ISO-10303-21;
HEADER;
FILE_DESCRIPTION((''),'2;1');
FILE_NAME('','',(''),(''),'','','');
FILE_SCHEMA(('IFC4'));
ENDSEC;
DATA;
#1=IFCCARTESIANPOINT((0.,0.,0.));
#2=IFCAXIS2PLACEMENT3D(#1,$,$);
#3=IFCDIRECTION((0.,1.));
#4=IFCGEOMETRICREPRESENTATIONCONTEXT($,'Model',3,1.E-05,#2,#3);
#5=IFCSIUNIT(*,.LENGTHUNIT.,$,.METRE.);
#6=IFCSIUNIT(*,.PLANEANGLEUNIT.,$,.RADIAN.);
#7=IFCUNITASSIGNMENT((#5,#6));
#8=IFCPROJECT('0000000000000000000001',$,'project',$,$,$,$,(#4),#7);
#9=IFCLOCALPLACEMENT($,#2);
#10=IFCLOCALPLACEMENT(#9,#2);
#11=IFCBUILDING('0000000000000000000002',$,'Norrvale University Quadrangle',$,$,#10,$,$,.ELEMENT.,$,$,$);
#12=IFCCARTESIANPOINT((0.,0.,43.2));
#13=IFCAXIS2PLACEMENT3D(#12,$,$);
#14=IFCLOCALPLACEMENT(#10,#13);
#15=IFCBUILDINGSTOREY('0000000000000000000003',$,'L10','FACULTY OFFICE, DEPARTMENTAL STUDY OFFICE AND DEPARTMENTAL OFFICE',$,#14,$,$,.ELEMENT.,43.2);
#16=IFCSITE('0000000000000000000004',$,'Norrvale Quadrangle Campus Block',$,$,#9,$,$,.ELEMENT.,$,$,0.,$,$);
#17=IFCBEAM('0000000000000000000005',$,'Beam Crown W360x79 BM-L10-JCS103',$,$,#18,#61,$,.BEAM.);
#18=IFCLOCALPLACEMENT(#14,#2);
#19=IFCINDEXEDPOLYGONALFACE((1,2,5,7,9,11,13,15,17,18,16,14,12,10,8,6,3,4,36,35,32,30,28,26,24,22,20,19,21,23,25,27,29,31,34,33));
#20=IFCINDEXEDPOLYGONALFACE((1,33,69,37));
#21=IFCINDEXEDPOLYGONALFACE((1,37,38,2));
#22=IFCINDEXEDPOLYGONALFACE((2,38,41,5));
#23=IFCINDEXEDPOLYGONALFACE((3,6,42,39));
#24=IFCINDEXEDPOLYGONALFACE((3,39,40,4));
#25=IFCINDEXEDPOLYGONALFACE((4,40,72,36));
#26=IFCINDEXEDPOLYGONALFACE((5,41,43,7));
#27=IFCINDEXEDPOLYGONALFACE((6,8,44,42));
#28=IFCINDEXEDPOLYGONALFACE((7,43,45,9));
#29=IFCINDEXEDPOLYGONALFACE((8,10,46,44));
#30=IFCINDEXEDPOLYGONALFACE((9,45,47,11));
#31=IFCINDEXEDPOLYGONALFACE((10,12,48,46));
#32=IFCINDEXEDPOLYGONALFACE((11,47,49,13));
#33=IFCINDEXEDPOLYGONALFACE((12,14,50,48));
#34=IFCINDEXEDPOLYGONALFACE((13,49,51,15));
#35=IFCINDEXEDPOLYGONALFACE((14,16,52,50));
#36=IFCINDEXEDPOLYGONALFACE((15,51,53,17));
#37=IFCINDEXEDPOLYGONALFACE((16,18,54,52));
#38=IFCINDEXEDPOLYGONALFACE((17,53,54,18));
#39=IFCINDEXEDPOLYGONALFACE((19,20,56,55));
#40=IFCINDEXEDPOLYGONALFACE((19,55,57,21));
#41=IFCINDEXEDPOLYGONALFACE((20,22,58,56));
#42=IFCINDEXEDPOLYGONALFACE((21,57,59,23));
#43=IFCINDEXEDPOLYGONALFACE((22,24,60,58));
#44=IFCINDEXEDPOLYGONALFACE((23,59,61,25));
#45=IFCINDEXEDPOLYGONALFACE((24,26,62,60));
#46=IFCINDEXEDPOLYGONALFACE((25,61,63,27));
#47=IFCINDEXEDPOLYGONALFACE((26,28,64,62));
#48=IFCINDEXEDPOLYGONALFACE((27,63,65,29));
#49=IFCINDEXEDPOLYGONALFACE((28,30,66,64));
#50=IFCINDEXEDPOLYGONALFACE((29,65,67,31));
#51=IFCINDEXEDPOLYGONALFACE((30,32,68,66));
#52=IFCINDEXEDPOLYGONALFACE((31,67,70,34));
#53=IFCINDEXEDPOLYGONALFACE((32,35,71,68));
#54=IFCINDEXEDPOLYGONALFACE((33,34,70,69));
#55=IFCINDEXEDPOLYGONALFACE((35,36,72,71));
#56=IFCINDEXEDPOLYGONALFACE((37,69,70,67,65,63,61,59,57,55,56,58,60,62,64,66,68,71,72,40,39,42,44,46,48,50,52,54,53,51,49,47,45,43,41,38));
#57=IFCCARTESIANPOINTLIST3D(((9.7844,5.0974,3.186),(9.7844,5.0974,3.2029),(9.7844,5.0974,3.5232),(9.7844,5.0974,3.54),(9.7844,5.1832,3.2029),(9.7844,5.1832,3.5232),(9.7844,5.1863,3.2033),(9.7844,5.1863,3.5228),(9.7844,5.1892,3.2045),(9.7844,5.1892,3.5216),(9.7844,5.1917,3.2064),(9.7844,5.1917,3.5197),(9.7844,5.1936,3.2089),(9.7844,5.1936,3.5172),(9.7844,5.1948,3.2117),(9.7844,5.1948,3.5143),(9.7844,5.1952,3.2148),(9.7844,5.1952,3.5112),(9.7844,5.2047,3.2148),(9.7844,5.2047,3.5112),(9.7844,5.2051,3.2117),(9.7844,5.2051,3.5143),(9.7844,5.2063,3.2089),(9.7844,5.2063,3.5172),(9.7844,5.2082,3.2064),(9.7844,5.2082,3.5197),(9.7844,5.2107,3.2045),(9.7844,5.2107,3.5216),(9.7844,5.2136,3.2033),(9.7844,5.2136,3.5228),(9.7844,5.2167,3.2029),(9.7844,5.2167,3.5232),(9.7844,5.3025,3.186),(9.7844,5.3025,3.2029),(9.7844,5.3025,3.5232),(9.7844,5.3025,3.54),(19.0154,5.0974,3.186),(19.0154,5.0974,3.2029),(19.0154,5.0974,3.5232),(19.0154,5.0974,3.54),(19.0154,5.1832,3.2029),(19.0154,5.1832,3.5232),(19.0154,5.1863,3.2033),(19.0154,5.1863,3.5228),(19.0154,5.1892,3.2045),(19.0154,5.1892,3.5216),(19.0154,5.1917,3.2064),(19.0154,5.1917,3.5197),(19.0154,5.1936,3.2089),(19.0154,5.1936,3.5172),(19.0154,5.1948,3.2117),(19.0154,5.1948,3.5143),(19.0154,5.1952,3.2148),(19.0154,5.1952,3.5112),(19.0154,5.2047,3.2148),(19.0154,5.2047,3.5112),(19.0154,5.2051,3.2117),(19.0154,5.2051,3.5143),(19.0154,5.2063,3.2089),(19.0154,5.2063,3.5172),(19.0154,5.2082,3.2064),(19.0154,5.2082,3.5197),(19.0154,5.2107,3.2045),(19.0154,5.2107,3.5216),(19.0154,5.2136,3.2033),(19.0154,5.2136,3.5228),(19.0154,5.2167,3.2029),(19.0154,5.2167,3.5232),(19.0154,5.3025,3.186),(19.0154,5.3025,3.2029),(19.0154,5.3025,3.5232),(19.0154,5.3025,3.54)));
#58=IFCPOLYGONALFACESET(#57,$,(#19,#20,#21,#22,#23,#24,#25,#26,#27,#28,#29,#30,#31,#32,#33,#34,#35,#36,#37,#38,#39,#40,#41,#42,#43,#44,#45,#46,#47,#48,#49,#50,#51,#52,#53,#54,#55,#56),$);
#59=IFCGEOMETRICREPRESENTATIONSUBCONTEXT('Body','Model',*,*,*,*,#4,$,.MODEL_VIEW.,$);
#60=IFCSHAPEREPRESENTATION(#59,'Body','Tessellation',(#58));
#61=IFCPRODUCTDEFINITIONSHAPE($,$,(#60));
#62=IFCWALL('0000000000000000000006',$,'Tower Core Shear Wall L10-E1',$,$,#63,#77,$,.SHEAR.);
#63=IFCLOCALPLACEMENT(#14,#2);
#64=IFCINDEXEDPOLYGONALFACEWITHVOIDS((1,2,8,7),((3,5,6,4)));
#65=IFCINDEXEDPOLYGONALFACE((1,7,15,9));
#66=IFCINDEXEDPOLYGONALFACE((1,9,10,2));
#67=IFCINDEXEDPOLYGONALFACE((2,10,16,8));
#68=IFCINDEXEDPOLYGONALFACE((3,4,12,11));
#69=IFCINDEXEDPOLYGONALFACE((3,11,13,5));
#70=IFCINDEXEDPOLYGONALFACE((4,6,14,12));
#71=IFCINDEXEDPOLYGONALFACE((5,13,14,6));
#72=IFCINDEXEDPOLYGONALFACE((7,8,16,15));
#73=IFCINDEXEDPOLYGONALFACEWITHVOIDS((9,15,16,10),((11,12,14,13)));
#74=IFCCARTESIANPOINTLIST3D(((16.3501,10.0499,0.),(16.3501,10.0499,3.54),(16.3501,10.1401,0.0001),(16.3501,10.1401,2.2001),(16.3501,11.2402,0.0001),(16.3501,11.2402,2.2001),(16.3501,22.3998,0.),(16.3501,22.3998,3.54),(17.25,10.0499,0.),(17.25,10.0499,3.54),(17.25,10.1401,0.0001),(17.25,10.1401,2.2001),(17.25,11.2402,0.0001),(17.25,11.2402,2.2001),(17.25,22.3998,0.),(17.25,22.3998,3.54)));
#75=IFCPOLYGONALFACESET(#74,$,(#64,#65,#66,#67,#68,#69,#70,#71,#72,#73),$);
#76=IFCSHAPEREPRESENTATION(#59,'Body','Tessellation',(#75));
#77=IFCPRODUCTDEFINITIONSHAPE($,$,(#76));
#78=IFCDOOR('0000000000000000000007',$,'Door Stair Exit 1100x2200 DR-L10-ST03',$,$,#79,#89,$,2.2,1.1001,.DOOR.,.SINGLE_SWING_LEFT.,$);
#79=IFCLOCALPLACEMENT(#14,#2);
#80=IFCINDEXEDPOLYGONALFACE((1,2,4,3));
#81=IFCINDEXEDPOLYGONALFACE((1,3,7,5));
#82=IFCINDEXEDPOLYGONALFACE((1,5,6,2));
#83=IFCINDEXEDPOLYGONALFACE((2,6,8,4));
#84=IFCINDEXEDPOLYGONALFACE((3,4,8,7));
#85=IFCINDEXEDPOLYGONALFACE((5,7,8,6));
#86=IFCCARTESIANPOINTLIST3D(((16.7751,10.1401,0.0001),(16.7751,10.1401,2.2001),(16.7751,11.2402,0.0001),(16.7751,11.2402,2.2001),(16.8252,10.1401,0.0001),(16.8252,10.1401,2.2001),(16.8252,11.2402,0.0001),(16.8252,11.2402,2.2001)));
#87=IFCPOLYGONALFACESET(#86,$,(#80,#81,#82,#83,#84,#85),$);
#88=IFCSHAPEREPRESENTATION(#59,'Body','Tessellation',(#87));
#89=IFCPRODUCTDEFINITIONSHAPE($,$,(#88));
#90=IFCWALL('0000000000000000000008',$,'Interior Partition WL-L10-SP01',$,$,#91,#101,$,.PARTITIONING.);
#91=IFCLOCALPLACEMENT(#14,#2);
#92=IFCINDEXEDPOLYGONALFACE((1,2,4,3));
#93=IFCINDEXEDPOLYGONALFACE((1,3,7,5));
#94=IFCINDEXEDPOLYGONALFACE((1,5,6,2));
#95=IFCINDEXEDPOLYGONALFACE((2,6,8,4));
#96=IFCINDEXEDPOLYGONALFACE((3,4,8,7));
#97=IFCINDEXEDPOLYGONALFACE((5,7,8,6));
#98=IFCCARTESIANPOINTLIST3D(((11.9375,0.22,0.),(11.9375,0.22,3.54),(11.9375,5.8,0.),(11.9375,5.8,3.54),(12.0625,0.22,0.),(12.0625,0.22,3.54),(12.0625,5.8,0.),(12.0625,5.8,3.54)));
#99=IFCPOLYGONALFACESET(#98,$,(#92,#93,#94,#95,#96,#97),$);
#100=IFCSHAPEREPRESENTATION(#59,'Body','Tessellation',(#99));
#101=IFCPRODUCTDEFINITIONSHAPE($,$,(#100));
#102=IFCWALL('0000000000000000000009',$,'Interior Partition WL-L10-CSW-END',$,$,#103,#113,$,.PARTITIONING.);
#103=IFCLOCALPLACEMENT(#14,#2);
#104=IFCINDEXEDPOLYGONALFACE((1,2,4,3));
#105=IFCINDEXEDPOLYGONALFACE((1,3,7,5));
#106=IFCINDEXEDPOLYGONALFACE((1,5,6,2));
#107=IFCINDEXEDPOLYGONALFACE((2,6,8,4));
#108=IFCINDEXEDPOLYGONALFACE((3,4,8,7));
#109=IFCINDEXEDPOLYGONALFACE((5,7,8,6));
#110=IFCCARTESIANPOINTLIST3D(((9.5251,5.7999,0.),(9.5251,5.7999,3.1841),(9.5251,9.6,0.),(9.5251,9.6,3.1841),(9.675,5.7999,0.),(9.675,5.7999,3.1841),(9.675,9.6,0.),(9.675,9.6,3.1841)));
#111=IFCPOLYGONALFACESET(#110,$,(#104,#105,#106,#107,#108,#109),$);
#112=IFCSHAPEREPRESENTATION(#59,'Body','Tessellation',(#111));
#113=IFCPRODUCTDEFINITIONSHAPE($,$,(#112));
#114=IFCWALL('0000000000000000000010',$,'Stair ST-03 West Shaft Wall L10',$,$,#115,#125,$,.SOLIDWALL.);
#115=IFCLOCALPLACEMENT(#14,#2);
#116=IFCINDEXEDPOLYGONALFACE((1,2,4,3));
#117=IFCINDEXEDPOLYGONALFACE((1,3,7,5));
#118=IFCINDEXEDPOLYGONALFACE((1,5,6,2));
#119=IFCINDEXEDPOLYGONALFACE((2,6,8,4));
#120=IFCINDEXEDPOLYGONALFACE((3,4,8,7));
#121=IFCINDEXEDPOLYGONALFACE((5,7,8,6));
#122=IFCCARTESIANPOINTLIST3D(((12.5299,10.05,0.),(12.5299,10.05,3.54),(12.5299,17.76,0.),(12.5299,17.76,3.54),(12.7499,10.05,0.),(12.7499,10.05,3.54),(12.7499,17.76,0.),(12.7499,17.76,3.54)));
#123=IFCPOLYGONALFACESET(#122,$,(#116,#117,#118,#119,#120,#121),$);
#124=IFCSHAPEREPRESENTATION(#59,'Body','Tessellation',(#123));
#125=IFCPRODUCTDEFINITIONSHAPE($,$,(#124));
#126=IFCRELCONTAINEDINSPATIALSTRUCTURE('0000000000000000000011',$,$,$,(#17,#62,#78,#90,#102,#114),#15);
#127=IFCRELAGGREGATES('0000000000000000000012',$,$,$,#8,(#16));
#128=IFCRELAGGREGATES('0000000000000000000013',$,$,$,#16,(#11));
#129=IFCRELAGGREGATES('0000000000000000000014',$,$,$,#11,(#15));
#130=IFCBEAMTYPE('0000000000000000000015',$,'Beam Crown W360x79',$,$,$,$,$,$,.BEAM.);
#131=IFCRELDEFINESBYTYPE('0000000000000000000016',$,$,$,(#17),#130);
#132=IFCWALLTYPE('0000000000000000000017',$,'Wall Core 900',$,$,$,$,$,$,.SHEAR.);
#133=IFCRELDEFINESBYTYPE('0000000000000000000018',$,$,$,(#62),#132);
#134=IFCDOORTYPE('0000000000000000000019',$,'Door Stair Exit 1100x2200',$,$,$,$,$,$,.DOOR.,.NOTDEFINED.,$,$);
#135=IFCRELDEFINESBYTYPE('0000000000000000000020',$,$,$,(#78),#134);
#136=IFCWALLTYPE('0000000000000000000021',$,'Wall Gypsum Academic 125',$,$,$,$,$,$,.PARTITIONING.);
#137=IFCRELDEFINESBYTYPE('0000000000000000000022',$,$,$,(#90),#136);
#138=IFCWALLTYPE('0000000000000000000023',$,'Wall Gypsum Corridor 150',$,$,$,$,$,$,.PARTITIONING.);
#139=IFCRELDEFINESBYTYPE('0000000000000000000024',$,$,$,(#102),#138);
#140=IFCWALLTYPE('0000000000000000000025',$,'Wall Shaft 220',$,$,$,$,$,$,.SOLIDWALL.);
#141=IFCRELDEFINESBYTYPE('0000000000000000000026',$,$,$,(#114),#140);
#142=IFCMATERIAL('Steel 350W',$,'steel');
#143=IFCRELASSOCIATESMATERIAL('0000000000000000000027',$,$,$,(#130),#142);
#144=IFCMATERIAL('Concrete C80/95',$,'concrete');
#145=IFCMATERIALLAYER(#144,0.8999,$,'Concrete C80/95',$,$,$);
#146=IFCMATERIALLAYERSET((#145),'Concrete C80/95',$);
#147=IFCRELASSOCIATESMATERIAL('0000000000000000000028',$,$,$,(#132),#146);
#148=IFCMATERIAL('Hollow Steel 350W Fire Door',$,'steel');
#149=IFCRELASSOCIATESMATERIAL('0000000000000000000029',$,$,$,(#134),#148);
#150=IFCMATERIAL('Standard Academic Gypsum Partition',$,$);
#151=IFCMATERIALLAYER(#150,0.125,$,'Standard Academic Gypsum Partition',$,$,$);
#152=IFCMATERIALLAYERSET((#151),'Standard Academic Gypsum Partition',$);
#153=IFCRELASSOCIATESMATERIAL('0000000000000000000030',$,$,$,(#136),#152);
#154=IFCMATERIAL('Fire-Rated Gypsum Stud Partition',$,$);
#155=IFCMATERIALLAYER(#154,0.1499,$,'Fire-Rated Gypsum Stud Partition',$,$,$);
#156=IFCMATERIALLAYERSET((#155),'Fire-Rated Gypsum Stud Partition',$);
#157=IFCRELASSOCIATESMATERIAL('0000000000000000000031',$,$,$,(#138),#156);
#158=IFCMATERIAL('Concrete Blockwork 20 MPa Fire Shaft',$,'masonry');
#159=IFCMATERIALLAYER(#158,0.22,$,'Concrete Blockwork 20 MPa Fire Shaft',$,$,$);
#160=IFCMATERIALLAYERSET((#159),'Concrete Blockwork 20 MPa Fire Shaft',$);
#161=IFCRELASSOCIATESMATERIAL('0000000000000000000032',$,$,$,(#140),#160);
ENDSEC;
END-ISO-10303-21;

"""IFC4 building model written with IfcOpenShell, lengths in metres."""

from ifc_helpers import new_model, si_unit, direction, frame, frame_2d, origin, origin_2d, place, context, subcontext, project, spatial, rectangle, i_section, extrude, material, layer, layer_set, material_profile, profile_set, type_object, element, fill, save


model = new_model("IFC4")

# Units and contexts
model_context = context("Model", 3, precision=1e-05, world=origin(), true_north=direction((0.0, 1.0)))
body_context = subcontext(model_context, "Body", "Model", "MODEL_VIEW")
ifc_project = project(units=[si_unit("LENGTHUNIT", "METRE"), si_unit("PLANEANGLEUNIT", "RADIAN")], contexts=[model_context])

# Site, building, storey
site_placement = place(None, origin())
site = spatial("IfcSite", under=ifc_project, at=site_placement, Name="Norrvale Quadrangle Campus Block", CompositionType="ELEMENT", RefElevation=0.0)
building_placement = place(site_placement, origin())
building = spatial("IfcBuilding", under=site, at=building_placement, Name="Norrvale University Quadrangle", CompositionType="ELEMENT")
storey_placement = place(building_placement, frame((0.0, 0.0, 43.2)))
storey = spatial("IfcBuildingStorey", under=building, at=storey_placement, Name="L10", Description="FACULTY OFFICE, DEPARTMENTAL STUDY OFFICE AND DEPARTMENTAL OFFICE", CompositionType="ELEMENT", Elevation=43.2)

# Shared definitions
ifc_material_1 = material(Name="Concrete C80/95", Category="concrete")

# Beam
ifc_material_2 = material(Name="Steel 350W", Category="steel")
ifc_material_profile_1 = material_profile(ifc_material_2, i_section(OverallWidth=0.2051, OverallDepth=0.354, WebThickness=0.0095, FlangeThickness=0.0168, FilletRadius=0.012, at=origin_2d()), Name="Steel 350W")
ifc_profile_set_1 = profile_set([ifc_material_profile_1], Name="Steel 350W")
beam_type_1 = type_object("IfcBeamType", Name="Beam Crown W360x79", PredefinedType="BEAM", material=ifc_profile_set_1)
beam_1_placement = place(storey_placement, frame((9.7844, 5.2, 3.363), z_axis=(1.0, 0.0, 0.0), x_axis=(0.0, 1.0, 0.0)))
element("IfcBeam", 1, at=beam_1_placement, inside=storey, type_object=beam_type_1, Name="Beam Crown W360x79 BM-L10-JCS103", PredefinedType="BEAM", context=body_context, shape_type="SweptSolid", body=[
    extrude(i_section(OverallWidth=0.2051, OverallDepth=0.354, WebThickness=0.0095, FlangeThickness=0.0168, FilletRadius=0.012, at=origin_2d()), origin(), (0.0, 0.0, 1.0), 9.231),
])

# Wall, opening, door
ifc_layer_1 = layer(ifc_material_1, 0.8999, Name="Concrete C80/95")
ifc_layer_set_1 = layer_set([ifc_layer_1], Name="Concrete C80/95")
wall_type_1 = type_object("IfcWallType", Name="Wall Core 900", PredefinedType="SHEAR", material=ifc_layer_set_1)
wall_1_placement = place(storey_placement, frame((16.8, 10.05, 0.0), z_axis=(0.0, 0.0, 1.0), x_axis=(0.0, 1.0, 0.0)))
wall_1 = element("IfcWall", 2, at=wall_1_placement, inside=storey, type_object=wall_type_1, Name="Tower Core Shear Wall L10-E1", PredefinedType="SHEAR", context=body_context, shape_type="SweptSolid", body=[
    extrude(rectangle(XDim=12.3499, YDim=0.8999, at=frame_2d((6.1748, 0.0))), origin(), (0.0, 0.0, 1.0), 3.54),
])
opening_placement = place(wall_1_placement, frame((0.0901, 0.0, 0.0)))
opening = element("IfcOpeningElement", 3, at=opening_placement, cuts=wall_1, PredefinedType="OPENING", context=body_context, shape_type="SweptSolid", body=[
    extrude(rectangle(XDim=1.1001, YDim=2.2, at=frame_2d((0.55, 1.1001))), frame((0.0, 0.4619, 0.0), z_axis=(0.0, -1.0, 0.0), x_axis=(1.0, 0.0, 0.0)), (0.0, 0.0, 1.0), 0.9238),
])
ifc_material_3 = material(Name="Hollow Steel 350W Fire Door", Category="steel")
door_type = type_object("IfcDoorType", Name="Door Stair Exit 1100x2200", OperationType="NOTDEFINED", PredefinedType="DOOR", material=ifc_material_3)
door_placement = place(opening_placement, origin())
door = element("IfcDoor", 4, at=door_placement, inside=storey, type_object=door_type, Name="Door Stair Exit 1100x2200 DR-L10-ST03", OperationType="SINGLE_SWING_LEFT", OverallHeight=2.2, OverallWidth=1.1001, PredefinedType="DOOR", context=body_context, shape_type="SweptSolid", body=[
    extrude(rectangle(XDim=1.1001, YDim=2.2, at=frame_2d((0.55, 1.1001))), frame((0.0, 0.0249, 0.0), z_axis=(0.0, -1.0, 0.0), x_axis=(1.0, 0.0, 0.0)), (0.0, 0.0, 1.0), 0.05),
])
fill(opening, door)

# Walls
ifc_material_4 = material(Name="Standard Academic Gypsum Partition")
ifc_layer_2 = layer(ifc_material_4, 0.125, Name="Standard Academic Gypsum Partition")
ifc_layer_set_2 = layer_set([ifc_layer_2], Name="Standard Academic Gypsum Partition")
wall_type_2 = type_object("IfcWallType", Name="Wall Gypsum Academic 125", PredefinedType="PARTITIONING", material=ifc_layer_set_2)
wall_2_placement = place(storey_placement, frame((12.0, 0.22, 0.0), z_axis=(0.0, 0.0, 1.0), x_axis=(0.0, 1.0, 0.0)))
element("IfcWall", 5, at=wall_2_placement, inside=storey, type_object=wall_type_2, Name="Interior Partition WL-L10-SP01", PredefinedType="PARTITIONING", context=body_context, shape_type="SweptSolid", body=[
    extrude(rectangle(XDim=5.5801, YDim=0.125, at=frame_2d((2.79, 0.0))), origin(), (0.0, 0.0, 1.0), 3.54),
])
ifc_material_5 = material(Name="Fire-Rated Gypsum Stud Partition")
ifc_layer_3 = layer(ifc_material_5, 0.1499, Name="Fire-Rated Gypsum Stud Partition")
ifc_layer_set_3 = layer_set([ifc_layer_3], Name="Fire-Rated Gypsum Stud Partition")
wall_type_3 = type_object("IfcWallType", Name="Wall Gypsum Corridor 150", PredefinedType="PARTITIONING", material=ifc_layer_set_3)
wall_3_placement = place(storey_placement, frame((9.6001, 5.8, 0.0), z_axis=(0.0, 0.0, 1.0), x_axis=(0.0, 1.0, 0.0)))
element("IfcWall", 6, at=wall_3_placement, inside=storey, type_object=wall_type_3, Name="Interior Partition WL-L10-CSW-END", PredefinedType="PARTITIONING", context=body_context, shape_type="SweptSolid", body=[
    extrude(rectangle(XDim=3.8, YDim=0.1499, at=frame_2d((1.8999, 0.0))), origin(), (0.0, 0.0, 1.0), 3.1841),
])
ifc_material_6 = material(Name="Concrete Blockwork 20 MPa Fire Shaft", Category="masonry")
ifc_layer_4 = layer(ifc_material_6, 0.22, Name="Concrete Blockwork 20 MPa Fire Shaft")
ifc_layer_set_4 = layer_set([ifc_layer_4], Name="Concrete Blockwork 20 MPa Fire Shaft")
wall_type_4 = type_object("IfcWallType", Name="Wall Shaft 220", PredefinedType="SOLIDWALL", material=ifc_layer_set_4)
wall_4_placement = place(storey_placement, frame((12.6399, 10.05, 0.0), z_axis=(0.0, 0.0, 1.0), x_axis=(0.0, 1.0, 0.0)))
element("IfcWall", 7, at=wall_4_placement, inside=storey, type_object=wall_type_4, Name="Stair ST-03 West Shaft Wall L10", PredefinedType="SOLIDWALL", context=body_context, shape_type="SweptSolid", body=[
    extrude(rectangle(XDim=7.71, YDim=0.22, at=frame_2d((3.855, 0.0))), origin(), (0.0, 0.0, 1.0), 3.54),
])

save(model, "model.ifc")
